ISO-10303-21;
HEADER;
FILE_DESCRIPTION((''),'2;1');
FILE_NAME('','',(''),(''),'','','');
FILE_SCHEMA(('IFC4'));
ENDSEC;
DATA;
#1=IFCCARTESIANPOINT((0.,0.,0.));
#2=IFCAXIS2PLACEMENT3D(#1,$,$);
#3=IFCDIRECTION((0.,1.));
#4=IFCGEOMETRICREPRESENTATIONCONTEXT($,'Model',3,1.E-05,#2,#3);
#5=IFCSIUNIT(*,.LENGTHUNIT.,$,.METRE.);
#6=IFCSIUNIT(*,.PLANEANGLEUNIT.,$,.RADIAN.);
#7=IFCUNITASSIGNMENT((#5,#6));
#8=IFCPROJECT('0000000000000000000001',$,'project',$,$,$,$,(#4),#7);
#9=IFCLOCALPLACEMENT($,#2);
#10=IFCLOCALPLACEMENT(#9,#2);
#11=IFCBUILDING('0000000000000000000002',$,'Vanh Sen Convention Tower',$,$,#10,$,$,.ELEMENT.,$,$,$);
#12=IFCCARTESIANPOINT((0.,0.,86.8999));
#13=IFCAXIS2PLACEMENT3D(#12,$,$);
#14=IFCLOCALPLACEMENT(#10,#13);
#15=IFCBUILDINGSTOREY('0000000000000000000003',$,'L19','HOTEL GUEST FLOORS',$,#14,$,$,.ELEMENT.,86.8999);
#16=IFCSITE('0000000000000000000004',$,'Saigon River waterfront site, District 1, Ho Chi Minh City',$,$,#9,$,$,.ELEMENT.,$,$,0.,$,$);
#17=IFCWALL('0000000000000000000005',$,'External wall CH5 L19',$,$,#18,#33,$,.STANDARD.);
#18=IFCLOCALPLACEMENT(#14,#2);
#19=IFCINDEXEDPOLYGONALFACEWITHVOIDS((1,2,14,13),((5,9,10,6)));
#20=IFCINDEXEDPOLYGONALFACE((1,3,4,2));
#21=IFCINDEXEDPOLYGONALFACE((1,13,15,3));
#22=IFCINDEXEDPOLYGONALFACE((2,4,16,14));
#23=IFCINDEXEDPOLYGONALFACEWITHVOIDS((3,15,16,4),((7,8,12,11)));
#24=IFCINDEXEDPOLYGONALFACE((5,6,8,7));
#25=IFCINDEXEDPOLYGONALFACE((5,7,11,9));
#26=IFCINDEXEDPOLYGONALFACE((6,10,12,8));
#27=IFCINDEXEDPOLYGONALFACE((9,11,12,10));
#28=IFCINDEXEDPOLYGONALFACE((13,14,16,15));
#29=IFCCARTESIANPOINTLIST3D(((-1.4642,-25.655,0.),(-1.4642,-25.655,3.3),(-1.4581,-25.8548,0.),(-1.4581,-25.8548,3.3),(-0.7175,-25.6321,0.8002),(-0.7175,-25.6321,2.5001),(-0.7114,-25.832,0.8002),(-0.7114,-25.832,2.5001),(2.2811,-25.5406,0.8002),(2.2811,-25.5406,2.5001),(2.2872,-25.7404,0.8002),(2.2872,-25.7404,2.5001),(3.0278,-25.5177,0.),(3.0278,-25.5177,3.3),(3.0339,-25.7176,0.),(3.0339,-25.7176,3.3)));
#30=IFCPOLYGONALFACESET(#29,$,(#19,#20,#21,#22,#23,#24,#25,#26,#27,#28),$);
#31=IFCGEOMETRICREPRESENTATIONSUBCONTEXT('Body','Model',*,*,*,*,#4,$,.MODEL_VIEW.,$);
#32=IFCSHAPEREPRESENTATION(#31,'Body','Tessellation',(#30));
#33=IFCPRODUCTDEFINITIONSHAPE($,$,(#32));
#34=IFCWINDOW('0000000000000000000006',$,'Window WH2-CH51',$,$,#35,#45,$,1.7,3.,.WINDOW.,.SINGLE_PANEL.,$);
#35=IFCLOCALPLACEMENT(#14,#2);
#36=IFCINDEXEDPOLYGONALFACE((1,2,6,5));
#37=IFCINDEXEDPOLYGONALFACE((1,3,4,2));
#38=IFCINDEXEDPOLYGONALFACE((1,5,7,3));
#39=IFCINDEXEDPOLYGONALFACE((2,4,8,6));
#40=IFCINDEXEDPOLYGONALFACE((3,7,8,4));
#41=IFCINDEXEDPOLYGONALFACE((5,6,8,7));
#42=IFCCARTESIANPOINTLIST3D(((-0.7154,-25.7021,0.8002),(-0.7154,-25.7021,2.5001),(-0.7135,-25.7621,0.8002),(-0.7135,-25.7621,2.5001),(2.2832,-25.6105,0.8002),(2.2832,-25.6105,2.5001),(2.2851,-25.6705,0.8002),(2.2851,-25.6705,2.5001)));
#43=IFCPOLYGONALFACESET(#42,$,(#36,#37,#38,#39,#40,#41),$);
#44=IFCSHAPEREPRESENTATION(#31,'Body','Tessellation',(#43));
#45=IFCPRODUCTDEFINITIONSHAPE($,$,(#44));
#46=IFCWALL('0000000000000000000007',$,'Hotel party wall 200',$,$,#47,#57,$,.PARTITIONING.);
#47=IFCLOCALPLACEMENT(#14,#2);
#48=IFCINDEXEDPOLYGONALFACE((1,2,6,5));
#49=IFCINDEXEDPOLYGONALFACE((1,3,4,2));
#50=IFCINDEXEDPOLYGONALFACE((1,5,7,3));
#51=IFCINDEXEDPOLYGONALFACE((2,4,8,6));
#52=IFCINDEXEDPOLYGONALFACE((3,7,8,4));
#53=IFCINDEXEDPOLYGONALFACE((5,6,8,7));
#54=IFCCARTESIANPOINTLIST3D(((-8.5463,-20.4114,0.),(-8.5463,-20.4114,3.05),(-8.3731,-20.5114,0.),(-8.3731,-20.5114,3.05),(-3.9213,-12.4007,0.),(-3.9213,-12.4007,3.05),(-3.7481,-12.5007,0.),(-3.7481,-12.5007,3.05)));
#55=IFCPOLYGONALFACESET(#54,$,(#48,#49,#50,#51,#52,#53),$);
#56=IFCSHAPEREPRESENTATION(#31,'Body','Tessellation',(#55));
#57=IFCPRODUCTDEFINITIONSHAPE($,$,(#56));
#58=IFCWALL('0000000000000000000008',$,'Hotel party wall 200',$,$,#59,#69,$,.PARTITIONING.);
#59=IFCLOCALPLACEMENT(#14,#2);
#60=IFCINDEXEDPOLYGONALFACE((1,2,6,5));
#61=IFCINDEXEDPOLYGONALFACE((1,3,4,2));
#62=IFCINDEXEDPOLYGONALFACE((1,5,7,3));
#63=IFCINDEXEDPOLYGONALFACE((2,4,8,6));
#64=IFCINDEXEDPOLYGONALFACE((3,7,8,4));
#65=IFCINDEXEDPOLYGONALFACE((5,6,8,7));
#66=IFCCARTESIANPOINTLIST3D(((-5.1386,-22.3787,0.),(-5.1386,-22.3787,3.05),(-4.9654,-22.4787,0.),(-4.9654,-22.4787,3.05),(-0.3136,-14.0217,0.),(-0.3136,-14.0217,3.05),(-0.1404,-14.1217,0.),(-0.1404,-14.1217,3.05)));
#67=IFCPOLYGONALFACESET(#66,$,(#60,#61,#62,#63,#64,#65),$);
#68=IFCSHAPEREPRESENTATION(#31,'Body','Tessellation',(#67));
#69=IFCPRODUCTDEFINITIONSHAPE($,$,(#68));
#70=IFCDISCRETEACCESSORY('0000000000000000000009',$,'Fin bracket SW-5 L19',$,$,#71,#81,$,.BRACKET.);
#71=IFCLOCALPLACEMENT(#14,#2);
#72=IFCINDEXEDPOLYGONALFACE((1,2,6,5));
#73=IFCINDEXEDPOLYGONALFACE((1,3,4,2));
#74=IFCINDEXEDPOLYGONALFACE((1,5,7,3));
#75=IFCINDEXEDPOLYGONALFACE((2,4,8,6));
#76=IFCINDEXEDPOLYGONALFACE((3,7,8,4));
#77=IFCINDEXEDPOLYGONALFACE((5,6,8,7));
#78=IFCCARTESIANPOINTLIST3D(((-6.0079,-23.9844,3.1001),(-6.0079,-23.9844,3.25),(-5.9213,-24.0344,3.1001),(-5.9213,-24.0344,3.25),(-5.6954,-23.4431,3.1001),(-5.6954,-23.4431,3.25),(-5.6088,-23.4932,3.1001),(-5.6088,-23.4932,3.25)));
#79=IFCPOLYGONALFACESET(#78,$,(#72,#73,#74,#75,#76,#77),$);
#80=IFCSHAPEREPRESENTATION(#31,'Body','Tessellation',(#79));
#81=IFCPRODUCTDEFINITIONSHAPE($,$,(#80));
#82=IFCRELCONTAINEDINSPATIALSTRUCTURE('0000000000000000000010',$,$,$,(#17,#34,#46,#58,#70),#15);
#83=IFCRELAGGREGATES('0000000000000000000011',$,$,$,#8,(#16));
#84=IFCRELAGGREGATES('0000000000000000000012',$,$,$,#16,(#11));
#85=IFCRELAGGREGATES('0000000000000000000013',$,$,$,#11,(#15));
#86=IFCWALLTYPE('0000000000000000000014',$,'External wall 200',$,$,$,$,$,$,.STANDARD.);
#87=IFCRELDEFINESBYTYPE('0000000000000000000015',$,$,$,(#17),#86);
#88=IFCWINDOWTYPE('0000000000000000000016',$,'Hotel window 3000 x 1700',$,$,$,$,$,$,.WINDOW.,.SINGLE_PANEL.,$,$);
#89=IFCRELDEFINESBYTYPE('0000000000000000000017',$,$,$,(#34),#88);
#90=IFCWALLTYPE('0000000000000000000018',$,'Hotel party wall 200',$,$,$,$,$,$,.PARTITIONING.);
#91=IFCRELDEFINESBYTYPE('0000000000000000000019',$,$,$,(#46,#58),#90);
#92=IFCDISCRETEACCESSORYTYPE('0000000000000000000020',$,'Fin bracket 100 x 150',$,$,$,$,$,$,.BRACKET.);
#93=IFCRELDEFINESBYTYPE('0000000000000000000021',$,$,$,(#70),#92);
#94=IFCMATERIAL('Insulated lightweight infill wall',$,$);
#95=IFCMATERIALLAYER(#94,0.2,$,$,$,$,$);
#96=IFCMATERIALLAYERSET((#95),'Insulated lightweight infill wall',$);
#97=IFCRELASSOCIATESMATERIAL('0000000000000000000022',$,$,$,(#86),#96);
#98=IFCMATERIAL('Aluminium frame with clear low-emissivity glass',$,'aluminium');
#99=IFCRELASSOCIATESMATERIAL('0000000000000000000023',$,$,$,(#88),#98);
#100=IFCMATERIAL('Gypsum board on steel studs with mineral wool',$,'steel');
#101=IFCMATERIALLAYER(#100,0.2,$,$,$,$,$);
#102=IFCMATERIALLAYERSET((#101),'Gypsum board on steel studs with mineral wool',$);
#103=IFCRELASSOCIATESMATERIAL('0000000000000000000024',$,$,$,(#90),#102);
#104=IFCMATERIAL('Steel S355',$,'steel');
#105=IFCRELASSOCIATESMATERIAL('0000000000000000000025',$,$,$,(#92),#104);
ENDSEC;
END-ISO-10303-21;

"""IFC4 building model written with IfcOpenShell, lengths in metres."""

from ifc_helpers import new_model, si_unit, direction, frame, frame_2d, origin, origin_2d, place, context, subcontext, project, spatial, rectangle, extrude, material, layer, layer_set, type_object, element, fill, save


model = new_model("IFC4")

# Units and contexts
model_context = context("Model", 3, precision=1e-05, world=origin(), true_north=direction((0.0, 1.0)))
body_context = subcontext(model_context, "Body", "Model", "MODEL_VIEW")
ifc_project = project(units=[si_unit("LENGTHUNIT", "METRE"), si_unit("PLANEANGLEUNIT", "RADIAN")], contexts=[model_context])

# Site, building, storey
site_placement = place(None, origin())
site = spatial("IfcSite", under=ifc_project, at=site_placement, Name="Saigon River waterfront site, District 1, Ho Chi Minh City", CompositionType="ELEMENT", RefElevation=0.0)
building_placement = place(site_placement, origin())
building = spatial("IfcBuilding", under=site, at=building_placement, Name="Vanh Sen Convention Tower", CompositionType="ELEMENT")
storey_placement = place(building_placement, frame((0.0, 0.0, 86.8999)))
storey = spatial("IfcBuildingStorey", under=building, at=storey_placement, Name="L19", Description="HOTEL GUEST FLOORS", CompositionType="ELEMENT", Elevation=86.8999)

# Shared definitions
ifc_material_1 = material(Name="Gypsum board on steel studs with mineral wool", Category="steel")

# Wall, opening, window
ifc_material_2 = material(Name="Insulated lightweight infill wall")
ifc_layer_1 = layer(ifc_material_2, 0.2)
ifc_layer_set_1 = layer_set([ifc_layer_1], Name="Insulated lightweight infill wall")
wall_type_1 = type_object("IfcWallType", Name="External wall 200", PredefinedType="STANDARD", material=ifc_layer_set_1)
wall_1_placement = place(storey_placement, frame((-1.4612, -25.7549, 0.0), z_axis=(0.0, 0.0, 1.0), x_axis=(0.999534, 0.030531, 0.0)))
wall_1 = element("IfcWall", 1, at=wall_1_placement, inside=storey, type_object=wall_type_1, Name="External wall CH5 L19", PredefinedType="STANDARD", context=body_context, shape_type="SweptSolid", body=[
    extrude(rectangle(XDim=4.4941, YDim=0.2, at=frame_2d((2.2471, 0.0))), origin(), (0.0, 0.0, 1.0), 3.3),
])
opening_1_placement = place(wall_1_placement, frame((0.7471, 0.0, 0.8)))
opening_1 = element("IfcOpeningElement", 2, at=opening_1_placement, cuts=wall_1, PredefinedType="OPENING", context=body_context, shape_type="SweptSolid", body=[
    extrude(rectangle(XDim=3.0, YDim=1.7, at=frame_2d((1.5, 0.8501))), frame((0.0, 0.1099, 0.0), z_axis=(0.0, -1.0, 0.0), x_axis=(1.0, 0.0, 0.0)), (0.0, 0.0, 1.0), 0.22),
])
ifc_material_3 = material(Name="Aluminium frame with clear low-emissivity glass", Category="aluminium")
window_type = type_object("IfcWindowType", Name="Hotel window 3000 x 1700", PartitioningType="SINGLE_PANEL", PredefinedType="WINDOW", material=ifc_material_3)
window_placement = place(opening_1_placement, origin())
window = element("IfcWindow", 3, at=window_placement, inside=storey, type_object=window_type, Name="Window WH2-CH51", OverallHeight=1.7, OverallWidth=3.0, PartitioningType="SINGLE_PANEL", PredefinedType="WINDOW", context=body_context, shape_type="SweptSolid", body=[
    extrude(rectangle(XDim=3.0, YDim=1.7, at=frame_2d((1.5, 0.8501))), frame((0.0, 0.03, 0.0), z_axis=(0.0, -1.0, 0.0), x_axis=(1.0, 0.0, 0.0)), (0.0, 0.0, 1.0), 0.0601),
])
fill(opening_1, window)

# Walls
ifc_layer_2 = layer(ifc_material_1, 0.2)
ifc_layer_set_2 = layer_set([ifc_layer_2], Name="Gypsum board on steel studs with mineral wool")
wall_type_2 = type_object("IfcWallType", Name="Hotel party wall 200", PredefinedType="PARTITIONING", material=ifc_layer_set_2)
wall_2_placement = place(storey_placement, frame((-8.4597, -20.4614, 0.0), z_axis=(0.0, 0.0, 1.0), x_axis=(0.5, 0.866026, 0.0)))
element("IfcWall", 4, at=wall_2_placement, inside=storey, type_object=wall_type_2, Name="Hotel party wall 200", PredefinedType="PARTITIONING", context=body_context, shape_type="SweptSolid", body=[
    extrude(rectangle(XDim=9.25, YDim=0.2, at=frame_2d((4.625, 0.0))), origin(), (0.0, 0.0, 1.0), 3.05),
])
wall_3_placement = place(storey_placement, frame((-5.052, -22.4287, 0.0), z_axis=(0.0, 0.0, 1.0), x_axis=(0.500006, 0.866022, 0.0)))
element("IfcWall", 5, at=wall_3_placement, inside=storey, type_object=wall_type_2, Name="Hotel party wall 200", PredefinedType="PARTITIONING", context=body_context, shape_type="SweptSolid", body=[
    extrude(rectangle(XDim=9.6499, YDim=0.2, at=frame_2d((4.825, 0.0))), origin(), (0.0, 0.0, 1.0), 3.05),
])

# Discrete accessory
ifc_material_4 = material(Name="Steel S355", Category="steel")
discrete_accessory_type = type_object("IfcDiscreteAccessoryType", Name="Fin bracket 100 x 150", PredefinedType="BRACKET", material=ifc_material_4)
discrete_accessory_placement = place(storey_placement, frame((-5.8083, -23.7388, 3.1001), z_axis=(0.0, 0.0, 1.0), x_axis=(-0.5, -0.866025, 0.0)))
element("IfcDiscreteAccessory", 6, at=discrete_accessory_placement, inside=storey, type_object=discrete_accessory_type, Name="Fin bracket SW-5 L19", PredefinedType="BRACKET", context=body_context, shape_type="SweptSolid", body=[
    extrude(rectangle(XDim=0.625, YDim=0.1001, at=origin_2d()), origin(), (0.0, 0.0, 1.0), 0.1499),
])

save(model, "model.ifc")
